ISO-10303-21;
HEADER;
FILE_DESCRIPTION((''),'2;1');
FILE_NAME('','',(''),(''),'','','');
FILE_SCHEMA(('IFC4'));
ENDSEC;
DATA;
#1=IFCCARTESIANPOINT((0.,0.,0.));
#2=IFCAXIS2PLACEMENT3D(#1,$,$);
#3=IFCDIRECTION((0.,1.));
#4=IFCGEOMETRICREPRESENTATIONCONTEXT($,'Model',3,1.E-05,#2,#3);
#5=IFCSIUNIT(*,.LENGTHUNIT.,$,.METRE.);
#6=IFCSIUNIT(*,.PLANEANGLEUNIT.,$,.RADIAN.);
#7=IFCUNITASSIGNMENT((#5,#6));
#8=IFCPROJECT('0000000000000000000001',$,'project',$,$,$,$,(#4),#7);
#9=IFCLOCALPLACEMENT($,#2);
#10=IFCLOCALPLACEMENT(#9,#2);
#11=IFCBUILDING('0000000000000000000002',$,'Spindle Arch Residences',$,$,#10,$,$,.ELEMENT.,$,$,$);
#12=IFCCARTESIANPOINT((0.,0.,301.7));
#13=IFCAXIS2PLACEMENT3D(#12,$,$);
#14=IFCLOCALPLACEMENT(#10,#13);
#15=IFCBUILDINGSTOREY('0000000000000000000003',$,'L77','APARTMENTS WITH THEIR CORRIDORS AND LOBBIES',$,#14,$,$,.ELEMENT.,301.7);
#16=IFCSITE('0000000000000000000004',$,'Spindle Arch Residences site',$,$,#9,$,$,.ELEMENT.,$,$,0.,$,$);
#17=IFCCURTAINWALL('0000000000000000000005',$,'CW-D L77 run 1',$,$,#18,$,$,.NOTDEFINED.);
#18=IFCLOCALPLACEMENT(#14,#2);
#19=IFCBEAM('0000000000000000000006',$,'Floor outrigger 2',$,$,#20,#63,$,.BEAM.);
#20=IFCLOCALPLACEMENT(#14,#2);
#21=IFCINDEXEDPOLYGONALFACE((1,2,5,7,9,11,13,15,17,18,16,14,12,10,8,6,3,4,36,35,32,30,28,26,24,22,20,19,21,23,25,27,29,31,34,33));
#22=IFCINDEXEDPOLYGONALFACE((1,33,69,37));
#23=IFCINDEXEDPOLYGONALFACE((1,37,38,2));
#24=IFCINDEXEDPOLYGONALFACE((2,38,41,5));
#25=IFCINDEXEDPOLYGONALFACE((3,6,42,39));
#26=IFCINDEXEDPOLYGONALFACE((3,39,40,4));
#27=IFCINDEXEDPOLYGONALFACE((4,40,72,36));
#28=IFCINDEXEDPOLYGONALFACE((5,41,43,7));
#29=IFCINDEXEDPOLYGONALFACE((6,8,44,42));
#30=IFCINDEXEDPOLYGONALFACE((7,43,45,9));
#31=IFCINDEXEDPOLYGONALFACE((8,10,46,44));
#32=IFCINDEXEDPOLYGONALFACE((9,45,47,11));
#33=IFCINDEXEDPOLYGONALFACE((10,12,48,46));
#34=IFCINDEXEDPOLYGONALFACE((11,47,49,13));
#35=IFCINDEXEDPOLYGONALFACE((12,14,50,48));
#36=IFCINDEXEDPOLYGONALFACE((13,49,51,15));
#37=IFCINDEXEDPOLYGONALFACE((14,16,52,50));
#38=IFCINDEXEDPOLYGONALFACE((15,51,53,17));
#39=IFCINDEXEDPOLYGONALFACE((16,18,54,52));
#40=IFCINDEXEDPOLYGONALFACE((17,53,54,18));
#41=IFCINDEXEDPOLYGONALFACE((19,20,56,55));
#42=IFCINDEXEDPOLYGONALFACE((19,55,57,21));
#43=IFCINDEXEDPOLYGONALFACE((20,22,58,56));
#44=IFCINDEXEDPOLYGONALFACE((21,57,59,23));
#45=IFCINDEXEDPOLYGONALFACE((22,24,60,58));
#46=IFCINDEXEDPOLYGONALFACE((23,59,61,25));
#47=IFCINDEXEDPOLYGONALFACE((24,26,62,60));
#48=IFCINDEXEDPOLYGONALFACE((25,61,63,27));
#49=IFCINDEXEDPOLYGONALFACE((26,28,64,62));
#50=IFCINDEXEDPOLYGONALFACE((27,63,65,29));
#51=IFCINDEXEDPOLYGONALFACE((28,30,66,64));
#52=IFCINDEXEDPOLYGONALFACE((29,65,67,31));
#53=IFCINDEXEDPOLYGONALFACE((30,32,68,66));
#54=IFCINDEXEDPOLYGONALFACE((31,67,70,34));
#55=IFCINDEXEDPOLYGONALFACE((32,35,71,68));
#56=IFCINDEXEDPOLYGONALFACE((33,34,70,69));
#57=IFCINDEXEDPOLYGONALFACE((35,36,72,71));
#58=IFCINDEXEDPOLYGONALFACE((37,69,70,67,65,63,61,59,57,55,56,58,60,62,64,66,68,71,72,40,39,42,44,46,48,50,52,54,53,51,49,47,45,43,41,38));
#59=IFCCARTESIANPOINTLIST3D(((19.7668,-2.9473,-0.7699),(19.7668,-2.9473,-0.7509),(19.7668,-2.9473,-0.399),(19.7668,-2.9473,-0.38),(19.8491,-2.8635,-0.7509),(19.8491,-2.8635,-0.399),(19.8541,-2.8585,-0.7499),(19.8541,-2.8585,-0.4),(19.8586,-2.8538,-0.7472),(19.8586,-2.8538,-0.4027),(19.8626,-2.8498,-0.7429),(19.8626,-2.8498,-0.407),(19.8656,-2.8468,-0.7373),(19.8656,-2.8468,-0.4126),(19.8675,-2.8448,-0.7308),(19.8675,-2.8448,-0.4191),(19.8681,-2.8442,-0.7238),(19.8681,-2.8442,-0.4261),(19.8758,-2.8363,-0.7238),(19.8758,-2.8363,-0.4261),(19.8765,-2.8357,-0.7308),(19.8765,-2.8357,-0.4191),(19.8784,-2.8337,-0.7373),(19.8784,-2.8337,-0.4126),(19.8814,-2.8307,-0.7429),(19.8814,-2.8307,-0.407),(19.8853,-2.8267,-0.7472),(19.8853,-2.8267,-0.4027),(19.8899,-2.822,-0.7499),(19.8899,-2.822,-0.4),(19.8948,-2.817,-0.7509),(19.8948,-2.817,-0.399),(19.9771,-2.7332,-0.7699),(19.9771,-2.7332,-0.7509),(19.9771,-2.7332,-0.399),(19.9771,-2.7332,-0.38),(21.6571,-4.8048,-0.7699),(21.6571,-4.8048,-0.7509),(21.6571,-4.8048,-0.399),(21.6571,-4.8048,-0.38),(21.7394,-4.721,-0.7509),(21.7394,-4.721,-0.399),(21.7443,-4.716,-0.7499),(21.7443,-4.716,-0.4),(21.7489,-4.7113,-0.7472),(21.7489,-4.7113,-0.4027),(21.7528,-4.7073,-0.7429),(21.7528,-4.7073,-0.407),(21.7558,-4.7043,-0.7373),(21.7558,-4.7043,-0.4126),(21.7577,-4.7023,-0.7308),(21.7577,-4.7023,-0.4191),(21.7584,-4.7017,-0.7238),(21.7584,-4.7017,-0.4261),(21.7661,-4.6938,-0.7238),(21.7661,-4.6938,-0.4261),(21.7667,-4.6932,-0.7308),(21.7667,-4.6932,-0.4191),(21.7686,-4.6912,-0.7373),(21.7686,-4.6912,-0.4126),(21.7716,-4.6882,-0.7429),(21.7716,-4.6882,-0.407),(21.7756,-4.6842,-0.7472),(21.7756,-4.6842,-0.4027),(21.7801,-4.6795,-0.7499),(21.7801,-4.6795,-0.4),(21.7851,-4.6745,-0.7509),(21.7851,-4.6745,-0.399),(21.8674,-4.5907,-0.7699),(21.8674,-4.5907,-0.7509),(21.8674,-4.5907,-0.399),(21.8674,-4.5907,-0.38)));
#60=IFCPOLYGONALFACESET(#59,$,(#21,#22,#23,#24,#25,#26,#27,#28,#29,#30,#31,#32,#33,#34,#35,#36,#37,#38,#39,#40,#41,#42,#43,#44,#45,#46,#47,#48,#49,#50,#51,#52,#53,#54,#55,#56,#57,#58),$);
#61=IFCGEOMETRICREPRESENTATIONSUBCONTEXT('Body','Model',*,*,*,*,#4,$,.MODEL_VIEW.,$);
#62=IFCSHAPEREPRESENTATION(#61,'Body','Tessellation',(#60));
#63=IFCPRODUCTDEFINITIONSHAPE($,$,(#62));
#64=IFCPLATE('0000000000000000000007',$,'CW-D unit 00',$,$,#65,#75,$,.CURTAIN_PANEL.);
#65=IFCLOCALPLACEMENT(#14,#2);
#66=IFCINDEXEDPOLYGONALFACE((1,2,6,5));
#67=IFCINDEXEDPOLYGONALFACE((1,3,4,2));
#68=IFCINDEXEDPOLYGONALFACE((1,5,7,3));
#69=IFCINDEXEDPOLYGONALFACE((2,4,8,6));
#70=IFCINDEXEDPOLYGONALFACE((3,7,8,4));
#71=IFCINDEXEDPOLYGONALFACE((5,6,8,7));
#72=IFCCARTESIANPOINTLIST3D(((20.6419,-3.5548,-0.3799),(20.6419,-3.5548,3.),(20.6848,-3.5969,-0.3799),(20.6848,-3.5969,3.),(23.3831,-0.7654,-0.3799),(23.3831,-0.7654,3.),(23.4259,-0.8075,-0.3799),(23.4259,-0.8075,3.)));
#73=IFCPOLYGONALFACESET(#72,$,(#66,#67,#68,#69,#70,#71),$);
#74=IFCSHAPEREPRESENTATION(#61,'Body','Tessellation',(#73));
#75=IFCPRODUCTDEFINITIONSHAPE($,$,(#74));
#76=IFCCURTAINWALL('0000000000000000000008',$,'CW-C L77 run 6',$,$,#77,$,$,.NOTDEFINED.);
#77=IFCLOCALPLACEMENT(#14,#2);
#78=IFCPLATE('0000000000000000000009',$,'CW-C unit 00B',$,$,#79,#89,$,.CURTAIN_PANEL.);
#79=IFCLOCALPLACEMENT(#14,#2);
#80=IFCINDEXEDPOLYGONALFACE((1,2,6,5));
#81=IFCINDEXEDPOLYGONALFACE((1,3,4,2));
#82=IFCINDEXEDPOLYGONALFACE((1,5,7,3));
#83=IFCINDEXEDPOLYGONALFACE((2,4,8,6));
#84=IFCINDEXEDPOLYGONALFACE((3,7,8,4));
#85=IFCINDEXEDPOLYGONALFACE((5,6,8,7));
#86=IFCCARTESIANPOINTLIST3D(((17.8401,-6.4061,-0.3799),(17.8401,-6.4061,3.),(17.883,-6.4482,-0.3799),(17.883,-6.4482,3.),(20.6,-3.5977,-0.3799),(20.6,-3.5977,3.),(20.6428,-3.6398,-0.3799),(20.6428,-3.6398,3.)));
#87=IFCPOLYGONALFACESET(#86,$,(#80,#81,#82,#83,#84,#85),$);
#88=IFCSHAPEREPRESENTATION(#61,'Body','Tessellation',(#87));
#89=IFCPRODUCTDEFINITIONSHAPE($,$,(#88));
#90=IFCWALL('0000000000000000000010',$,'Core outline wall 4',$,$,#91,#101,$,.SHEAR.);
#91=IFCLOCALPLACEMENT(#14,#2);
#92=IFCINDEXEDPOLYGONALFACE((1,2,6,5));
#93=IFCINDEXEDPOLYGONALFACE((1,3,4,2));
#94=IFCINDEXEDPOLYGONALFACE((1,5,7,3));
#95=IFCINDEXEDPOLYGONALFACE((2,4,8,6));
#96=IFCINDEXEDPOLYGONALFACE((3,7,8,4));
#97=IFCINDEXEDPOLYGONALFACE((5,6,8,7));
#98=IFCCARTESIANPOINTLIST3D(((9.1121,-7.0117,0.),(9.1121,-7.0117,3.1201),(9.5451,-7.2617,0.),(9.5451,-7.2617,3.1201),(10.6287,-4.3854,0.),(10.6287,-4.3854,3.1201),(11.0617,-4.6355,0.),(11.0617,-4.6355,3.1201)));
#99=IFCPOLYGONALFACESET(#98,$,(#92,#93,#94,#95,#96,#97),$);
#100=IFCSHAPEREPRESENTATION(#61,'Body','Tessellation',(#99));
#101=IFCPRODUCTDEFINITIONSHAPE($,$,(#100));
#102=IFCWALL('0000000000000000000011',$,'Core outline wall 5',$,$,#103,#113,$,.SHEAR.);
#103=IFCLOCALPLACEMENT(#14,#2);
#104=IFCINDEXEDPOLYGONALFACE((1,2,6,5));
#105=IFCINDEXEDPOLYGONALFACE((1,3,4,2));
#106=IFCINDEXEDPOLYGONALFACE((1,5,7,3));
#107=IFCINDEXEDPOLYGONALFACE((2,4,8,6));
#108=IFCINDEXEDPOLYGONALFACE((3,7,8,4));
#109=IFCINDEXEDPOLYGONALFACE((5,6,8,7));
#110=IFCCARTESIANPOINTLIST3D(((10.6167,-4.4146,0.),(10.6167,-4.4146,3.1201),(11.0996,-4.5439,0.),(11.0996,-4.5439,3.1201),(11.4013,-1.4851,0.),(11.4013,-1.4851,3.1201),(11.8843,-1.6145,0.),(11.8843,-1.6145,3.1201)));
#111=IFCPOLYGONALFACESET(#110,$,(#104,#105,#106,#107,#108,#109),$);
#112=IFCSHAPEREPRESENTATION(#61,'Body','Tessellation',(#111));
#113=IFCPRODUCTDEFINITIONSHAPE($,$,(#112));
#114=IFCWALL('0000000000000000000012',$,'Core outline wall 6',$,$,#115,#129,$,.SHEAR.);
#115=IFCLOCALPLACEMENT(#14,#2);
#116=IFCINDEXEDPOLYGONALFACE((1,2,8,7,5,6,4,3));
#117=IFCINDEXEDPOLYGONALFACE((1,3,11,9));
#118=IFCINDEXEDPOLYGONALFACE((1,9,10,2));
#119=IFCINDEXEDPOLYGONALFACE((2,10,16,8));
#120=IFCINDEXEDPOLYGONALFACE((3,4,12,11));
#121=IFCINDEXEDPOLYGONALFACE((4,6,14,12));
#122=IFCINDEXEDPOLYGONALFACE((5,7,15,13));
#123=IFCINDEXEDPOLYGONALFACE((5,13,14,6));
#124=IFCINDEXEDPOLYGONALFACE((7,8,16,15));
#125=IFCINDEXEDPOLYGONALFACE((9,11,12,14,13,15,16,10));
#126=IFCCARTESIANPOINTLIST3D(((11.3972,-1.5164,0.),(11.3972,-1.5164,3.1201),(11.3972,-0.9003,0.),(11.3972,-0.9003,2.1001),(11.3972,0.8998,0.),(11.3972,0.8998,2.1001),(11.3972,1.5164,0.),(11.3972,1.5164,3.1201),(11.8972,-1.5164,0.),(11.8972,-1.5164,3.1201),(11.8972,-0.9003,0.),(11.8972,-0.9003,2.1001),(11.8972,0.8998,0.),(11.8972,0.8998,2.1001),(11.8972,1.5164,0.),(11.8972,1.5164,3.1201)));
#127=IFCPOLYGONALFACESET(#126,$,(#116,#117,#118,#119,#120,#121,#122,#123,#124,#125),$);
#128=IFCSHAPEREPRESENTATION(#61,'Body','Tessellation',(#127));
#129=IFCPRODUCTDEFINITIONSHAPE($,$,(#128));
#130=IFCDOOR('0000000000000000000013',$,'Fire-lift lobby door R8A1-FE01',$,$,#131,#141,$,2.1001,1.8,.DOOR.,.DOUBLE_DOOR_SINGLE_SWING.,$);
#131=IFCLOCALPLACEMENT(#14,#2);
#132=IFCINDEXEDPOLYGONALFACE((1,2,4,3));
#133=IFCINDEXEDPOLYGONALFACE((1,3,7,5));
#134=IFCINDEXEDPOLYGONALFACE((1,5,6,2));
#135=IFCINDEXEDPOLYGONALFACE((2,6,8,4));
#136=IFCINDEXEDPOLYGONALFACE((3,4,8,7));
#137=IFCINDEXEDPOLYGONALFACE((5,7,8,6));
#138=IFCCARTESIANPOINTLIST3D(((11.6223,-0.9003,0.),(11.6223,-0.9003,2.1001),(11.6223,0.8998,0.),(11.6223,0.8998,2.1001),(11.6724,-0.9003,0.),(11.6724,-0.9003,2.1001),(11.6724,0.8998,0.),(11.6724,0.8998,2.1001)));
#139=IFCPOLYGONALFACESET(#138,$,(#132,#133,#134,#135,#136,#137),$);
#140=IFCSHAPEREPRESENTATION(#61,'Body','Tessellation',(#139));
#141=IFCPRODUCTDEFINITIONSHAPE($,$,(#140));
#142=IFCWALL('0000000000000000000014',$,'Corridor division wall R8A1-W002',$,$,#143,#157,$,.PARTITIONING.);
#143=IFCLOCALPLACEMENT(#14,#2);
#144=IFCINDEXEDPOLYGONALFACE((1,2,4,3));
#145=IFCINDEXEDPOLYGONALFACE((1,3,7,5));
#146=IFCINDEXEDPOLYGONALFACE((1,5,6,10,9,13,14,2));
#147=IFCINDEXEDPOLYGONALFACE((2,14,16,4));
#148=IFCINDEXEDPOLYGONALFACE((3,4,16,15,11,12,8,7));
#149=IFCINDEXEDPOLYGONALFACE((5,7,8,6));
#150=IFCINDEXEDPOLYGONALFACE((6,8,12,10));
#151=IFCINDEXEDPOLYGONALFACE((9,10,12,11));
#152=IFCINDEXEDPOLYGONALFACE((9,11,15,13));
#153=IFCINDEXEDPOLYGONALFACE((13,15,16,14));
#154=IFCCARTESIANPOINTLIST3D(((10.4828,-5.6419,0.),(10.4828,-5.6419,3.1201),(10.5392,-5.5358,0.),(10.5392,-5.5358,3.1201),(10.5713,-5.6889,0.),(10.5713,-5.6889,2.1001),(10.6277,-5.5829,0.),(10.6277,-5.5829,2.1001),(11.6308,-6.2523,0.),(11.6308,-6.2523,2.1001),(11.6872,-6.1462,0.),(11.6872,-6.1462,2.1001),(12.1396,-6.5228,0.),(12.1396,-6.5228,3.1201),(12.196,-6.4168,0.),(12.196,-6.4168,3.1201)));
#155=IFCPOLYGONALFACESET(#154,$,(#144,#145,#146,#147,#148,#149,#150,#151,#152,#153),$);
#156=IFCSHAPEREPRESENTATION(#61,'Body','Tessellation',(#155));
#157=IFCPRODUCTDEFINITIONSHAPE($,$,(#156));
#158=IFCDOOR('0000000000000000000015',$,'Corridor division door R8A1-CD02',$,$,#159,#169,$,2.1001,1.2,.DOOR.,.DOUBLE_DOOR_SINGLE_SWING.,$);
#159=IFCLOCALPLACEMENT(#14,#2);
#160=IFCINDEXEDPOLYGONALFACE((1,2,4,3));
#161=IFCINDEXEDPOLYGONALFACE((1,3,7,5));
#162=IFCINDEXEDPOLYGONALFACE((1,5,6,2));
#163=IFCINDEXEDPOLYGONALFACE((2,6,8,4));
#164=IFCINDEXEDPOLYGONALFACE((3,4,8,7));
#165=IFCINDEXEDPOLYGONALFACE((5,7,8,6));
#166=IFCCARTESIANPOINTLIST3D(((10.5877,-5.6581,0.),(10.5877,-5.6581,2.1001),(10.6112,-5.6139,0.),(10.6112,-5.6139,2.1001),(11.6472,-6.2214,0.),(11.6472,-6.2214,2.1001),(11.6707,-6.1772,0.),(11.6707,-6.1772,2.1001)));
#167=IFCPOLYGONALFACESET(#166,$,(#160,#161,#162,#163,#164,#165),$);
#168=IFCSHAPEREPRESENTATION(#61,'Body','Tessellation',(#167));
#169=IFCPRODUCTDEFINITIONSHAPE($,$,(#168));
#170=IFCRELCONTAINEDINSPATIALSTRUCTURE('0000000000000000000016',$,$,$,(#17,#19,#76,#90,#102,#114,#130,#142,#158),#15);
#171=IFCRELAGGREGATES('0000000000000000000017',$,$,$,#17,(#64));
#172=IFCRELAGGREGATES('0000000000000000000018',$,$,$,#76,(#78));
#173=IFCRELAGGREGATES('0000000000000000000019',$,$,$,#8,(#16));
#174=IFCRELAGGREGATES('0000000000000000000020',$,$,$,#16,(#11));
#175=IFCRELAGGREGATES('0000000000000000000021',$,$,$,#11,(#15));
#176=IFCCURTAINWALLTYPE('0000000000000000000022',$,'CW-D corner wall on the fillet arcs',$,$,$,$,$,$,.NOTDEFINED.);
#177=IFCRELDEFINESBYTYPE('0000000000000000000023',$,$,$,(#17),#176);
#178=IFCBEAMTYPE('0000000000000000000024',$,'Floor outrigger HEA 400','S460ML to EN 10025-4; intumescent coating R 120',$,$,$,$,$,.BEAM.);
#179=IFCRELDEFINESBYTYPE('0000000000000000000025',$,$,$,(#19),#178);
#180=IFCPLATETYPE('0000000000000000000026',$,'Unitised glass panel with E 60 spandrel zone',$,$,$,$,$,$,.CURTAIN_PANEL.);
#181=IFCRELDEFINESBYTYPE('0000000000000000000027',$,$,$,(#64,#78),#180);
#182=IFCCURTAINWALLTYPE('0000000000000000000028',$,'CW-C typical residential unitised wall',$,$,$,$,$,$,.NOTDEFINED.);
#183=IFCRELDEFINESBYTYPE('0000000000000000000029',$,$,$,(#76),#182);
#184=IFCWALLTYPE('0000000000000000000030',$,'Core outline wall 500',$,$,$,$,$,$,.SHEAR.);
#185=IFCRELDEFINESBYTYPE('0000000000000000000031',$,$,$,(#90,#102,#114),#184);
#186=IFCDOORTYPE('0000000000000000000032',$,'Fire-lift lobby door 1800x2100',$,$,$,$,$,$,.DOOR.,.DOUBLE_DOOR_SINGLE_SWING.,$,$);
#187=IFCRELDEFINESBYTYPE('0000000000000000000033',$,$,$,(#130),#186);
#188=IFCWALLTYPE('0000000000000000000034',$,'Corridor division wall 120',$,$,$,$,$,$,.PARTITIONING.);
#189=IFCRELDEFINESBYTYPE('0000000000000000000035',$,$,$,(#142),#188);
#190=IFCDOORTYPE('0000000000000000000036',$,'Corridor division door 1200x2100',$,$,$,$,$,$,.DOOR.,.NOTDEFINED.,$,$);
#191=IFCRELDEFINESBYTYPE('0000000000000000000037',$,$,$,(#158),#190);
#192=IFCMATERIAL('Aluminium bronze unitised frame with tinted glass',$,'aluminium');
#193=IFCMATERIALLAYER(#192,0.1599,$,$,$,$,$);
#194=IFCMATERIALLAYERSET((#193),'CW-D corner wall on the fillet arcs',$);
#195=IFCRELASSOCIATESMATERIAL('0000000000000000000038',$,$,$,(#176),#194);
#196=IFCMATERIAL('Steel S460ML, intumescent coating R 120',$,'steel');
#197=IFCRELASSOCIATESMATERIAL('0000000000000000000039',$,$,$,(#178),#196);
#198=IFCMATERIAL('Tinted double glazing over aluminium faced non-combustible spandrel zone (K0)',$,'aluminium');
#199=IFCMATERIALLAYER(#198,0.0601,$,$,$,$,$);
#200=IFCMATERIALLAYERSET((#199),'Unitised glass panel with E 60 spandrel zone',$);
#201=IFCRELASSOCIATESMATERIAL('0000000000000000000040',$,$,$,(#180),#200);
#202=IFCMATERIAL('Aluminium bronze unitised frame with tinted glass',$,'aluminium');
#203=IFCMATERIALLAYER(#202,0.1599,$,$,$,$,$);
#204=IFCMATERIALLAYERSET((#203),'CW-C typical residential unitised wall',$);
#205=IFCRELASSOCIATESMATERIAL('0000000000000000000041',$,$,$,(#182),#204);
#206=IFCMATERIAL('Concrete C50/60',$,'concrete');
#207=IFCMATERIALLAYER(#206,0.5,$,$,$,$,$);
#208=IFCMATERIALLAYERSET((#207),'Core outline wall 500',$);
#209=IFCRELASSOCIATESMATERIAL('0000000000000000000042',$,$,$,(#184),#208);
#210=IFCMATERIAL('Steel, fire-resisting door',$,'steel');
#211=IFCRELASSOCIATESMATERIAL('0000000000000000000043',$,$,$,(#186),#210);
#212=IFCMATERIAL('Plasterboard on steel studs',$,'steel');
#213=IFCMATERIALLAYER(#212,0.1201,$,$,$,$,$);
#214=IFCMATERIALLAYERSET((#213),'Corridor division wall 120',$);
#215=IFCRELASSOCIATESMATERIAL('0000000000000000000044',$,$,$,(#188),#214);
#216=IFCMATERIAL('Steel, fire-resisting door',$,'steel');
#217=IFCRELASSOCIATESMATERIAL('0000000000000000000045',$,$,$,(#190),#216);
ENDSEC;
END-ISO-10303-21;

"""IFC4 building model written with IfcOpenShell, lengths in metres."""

from ifc_helpers import new_model, si_unit, direction, frame, frame_2d, origin, origin_2d, place, context, subcontext, project, spatial, rectangle, i_section, extrude, material, layer, layer_set, material_profile, profile_set, type_object, element, fill, aggregate, save


model = new_model("IFC4")

# Units and contexts
model_context = context("Model", 3, precision=1e-05, world=origin(), true_north=direction((0.0, 1.0)))
body_context = subcontext(model_context, "Body", "Model", "MODEL_VIEW")
ifc_project = project(units=[si_unit("LENGTHUNIT", "METRE"), si_unit("PLANEANGLEUNIT", "RADIAN")], contexts=[model_context])

# Site, building, storey
site_placement = place(None, origin())
site = spatial("IfcSite", under=ifc_project, at=site_placement, Name="Spindle Arch Residences site", CompositionType="ELEMENT", RefElevation=0.0)
building_placement = place(site_placement, origin())
building = spatial("IfcBuilding", under=site, at=building_placement, Name="Spindle Arch Residences", CompositionType="ELEMENT")
storey_placement = place(building_placement, frame((0.0, 0.0, 301.7)))
storey = spatial("IfcBuildingStorey", under=building, at=storey_placement, Name="L77", Description="APARTMENTS WITH THEIR CORRIDORS AND LOBBIES", CompositionType="ELEMENT", Elevation=301.7)

# Curtain wall
ifc_material_1 = material(Name="Aluminium bronze unitised frame with tinted glass", Category="aluminium")
ifc_layer_1 = layer(ifc_material_1, 0.1599)
ifc_layer_set_1 = layer_set([ifc_layer_1], Name="CW-D corner wall on the fillet arcs")
curtain_wall_type_1 = type_object("IfcCurtainWallType", Name="CW-D corner wall on the fillet arcs", PredefinedType="NOTDEFINED", material=ifc_layer_set_1)
curtain_wall_1_placement = place(storey_placement, origin())
curtain_wall_1 = element("IfcCurtainWall", 1, at=curtain_wall_1_placement, inside=storey, type_object=curtain_wall_type_1, Name="CW-D L77 run 1", PredefinedType="NOTDEFINED")

# Beam
ifc_material_2 = material(Name="Steel S460ML, intumescent coating R 120", Category="steel")
ifc_material_profile_1 = material_profile(ifc_material_2, i_section(OverallWidth=0.3, OverallDepth=0.3899, WebThickness=0.011, FlangeThickness=0.019, FilletRadius=0.0271, at=origin_2d()), Name="HEA 400")
ifc_profile_set_1 = profile_set([ifc_material_profile_1], Name="Steel S460ML, intumescent coating R 120")
beam_type_1 = type_object("IfcBeamType", Name="Floor outrigger HEA 400", Description="S460ML to EN 10025-4; intumescent coating R 120", PredefinedType="BEAM", material=ifc_profile_set_1)
beam_1_placement = place(storey_placement, frame((21.7622, -4.6978, -0.575), z_axis=(-0.713252, 0.700907, 0.0), x_axis=(-0.700907, -0.713252, 0.0)))
element("IfcBeam", 2, at=beam_1_placement, inside=storey, type_object=beam_type_1, Name="Floor outrigger 2", PredefinedType="BEAM", context=body_context, shape_type="SweptSolid", body=[
    extrude(i_section(OverallWidth=0.3, OverallDepth=0.3899, WebThickness=0.011, FlangeThickness=0.019, FilletRadius=0.0271, at=origin_2d()), origin(), (0.0, 0.0, 1.0), 2.6501),
])

# Plate
ifc_material_3 = material(Name="Tinted double glazing over aluminium faced non-combustible spandrel zone (K0)", Category="aluminium")
ifc_layer_2 = layer(ifc_material_3, 0.0601)
ifc_layer_set_2 = layer_set([ifc_layer_2], Name="Unitised glass panel with E 60 spandrel zone")
plate_type = type_object("IfcPlateType", Name="Unitised glass panel with E 60 spandrel zone", PredefinedType="CURTAIN_PANEL", material=ifc_layer_set_2)
plate_1_placement = place(storey_placement, frame((22.0339, -2.1812, -0.3799), z_axis=(0.0, 0.0, 1.0), x_axis=(0.700909, 0.71325, 0.0)))
plate_1 = element("IfcPlate", 3, at=plate_1_placement, type_object=plate_type, Name="CW-D unit 00", PredefinedType="CURTAIN_PANEL", context=body_context, shape_type="SweptSolid", body=[
    extrude(rectangle(XDim=3.9109, YDim=0.0601, at=origin_2d()), origin(), (0.0, 0.0, 1.0), 3.3799),
])
aggregate(curtain_wall_1, [plate_1])

# Curtain wall, plate
ifc_material_4 = material(Name="Aluminium bronze unitised frame with tinted glass", Category="aluminium")
ifc_layer_3 = layer(ifc_material_4, 0.1599)
ifc_layer_set_3 = layer_set([ifc_layer_3], Name="CW-C typical residential unitised wall")
curtain_wall_type_2 = type_object("IfcCurtainWallType", Name="CW-C typical residential unitised wall", PredefinedType="NOTDEFINED", material=ifc_layer_set_3)
curtain_wall_2_placement = place(storey_placement, origin())
curtain_wall_2 = element("IfcCurtainWall", 4, at=curtain_wall_2_placement, inside=storey, type_object=curtain_wall_type_2, Name="CW-C L77 run 6", PredefinedType="NOTDEFINED")
plate_2_placement = place(storey_placement, frame((19.2415, -5.0229, -0.3799), z_axis=(0.0, 0.0, 1.0), x_axis=(0.700909, 0.71325, 0.0)))
plate_2 = element("IfcPlate", 5, at=plate_2_placement, type_object=plate_type, Name="CW-C unit 00B", PredefinedType="CURTAIN_PANEL", context=body_context, shape_type="SweptSolid", body=[
    extrude(rectangle(XDim=3.9375, YDim=0.0601, at=origin_2d()), origin(), (0.0, 0.0, 1.0), 3.3799),
])
aggregate(curtain_wall_2, [plate_2])

# Walls
ifc_material_5 = material(Name="Concrete C50/60", Category="concrete")
ifc_layer_4 = layer(ifc_material_5, 0.5)
ifc_layer_set_4 = layer_set([ifc_layer_4], Name="Core outline wall 500")
wall_type_1 = type_object("IfcWallType", Name="Core outline wall 500", PredefinedType="SHEAR", material=ifc_layer_set_4)
for number, where, z_axis, x_axis, name in (
    (6, (9.3286, -7.1367, 0.0), (0.0, 0.0, 1.0), (0.500087, 0.865975, 0.0), "Core outline wall 4"),
    (7, (10.8582, -4.4792, 0.0), (0.0, 0.0, 1.0), (0.258735, 0.965948, 0.0), "Core outline wall 5"),
):
    element("IfcWall", number, at=place(storey_placement, frame(where, z_axis=z_axis, x_axis=x_axis)), inside=storey, type_object=wall_type_1, Name=name, PredefinedType="SHEAR", context=body_context, shape_type="SweptSolid", body=[
        extrude(rectangle(XDim=3.0327, YDim=0.5, at=frame_2d((1.5164, 0.0))), origin(), (0.0, 0.0, 1.0), 3.1201),
    ])

# Walls, openings, doors
wall_1_placement = place(storey_placement, frame((11.6472, -1.5164, 0.0), z_axis=(0.0, 0.0, 1.0), x_axis=(0.0, 1.0, 0.0)))
wall_1 = element("IfcWall", 8, at=wall_1_placement, inside=storey, type_object=wall_type_1, Name="Core outline wall 6", PredefinedType="SHEAR", context=body_context, shape_type="SweptSolid", body=[
    extrude(rectangle(XDim=3.0327, YDim=0.5, at=frame_2d((1.5164, 0.0))), origin(), (0.0, 0.0, 1.0), 3.1201),
])
opening_1_placement = place(wall_1_placement, frame((0.6162, 0.0, 0.0)))
opening_1 = element("IfcOpeningElement", 9, at=opening_1_placement, cuts=wall_1, PredefinedType="OPENING", context=body_context, shape_type="SweptSolid", body=[
    extrude(rectangle(XDim=1.8, YDim=2.1001, at=frame_2d((0.8999, 1.05))), frame((0.0, 0.26, 0.0), z_axis=(0.0, -1.0, 0.0), x_axis=(1.0, 0.0, 0.0)), (0.0, 0.0, 1.0), 0.52),
])
ifc_material_6 = material(Name="Steel, fire-resisting door", Category="steel")
door_type_1 = type_object("IfcDoorType", Name="Fire-lift lobby door 1800x2100", OperationType="DOUBLE_DOOR_SINGLE_SWING", PredefinedType="DOOR", material=ifc_material_6)
door_1_placement = place(opening_1_placement, origin())
door_1 = element("IfcDoor", 10, at=door_1_placement, inside=storey, type_object=door_type_1, Name="Fire-lift lobby door R8A1-FE01", OperationType="DOUBLE_DOOR_SINGLE_SWING", OverallHeight=2.1001, OverallWidth=1.8, PredefinedType="DOOR", context=body_context, shape_type="SweptSolid", body=[
    extrude(rectangle(XDim=1.8, YDim=2.1001, at=frame_2d((0.8999, 1.05))), frame((0.0, 0.0249, 0.0), z_axis=(0.0, -1.0, 0.0), x_axis=(1.0, 0.0, 0.0)), (0.0, 0.0, 1.0), 0.05),
])
fill(opening_1, door_1)
ifc_material_7 = material(Name="Plasterboard on steel studs", Category="steel")
ifc_layer_5 = layer(ifc_material_7, 0.1201)
ifc_layer_set_5 = layer_set([ifc_layer_5], Name="Corridor division wall 120")
wall_type_2 = type_object("IfcWallType", Name="Corridor division wall 120", PredefinedType="PARTITIONING", material=ifc_layer_set_5)
wall_2_placement = place(storey_placement, frame((10.511, -5.5889, 0.0), z_axis=(0.0, 0.0, 1.0), x_axis=(0.882957, -0.469453, 0.0)))
wall_2 = element("IfcWall", 11, at=wall_2_placement, inside=storey, type_object=wall_type_2, Name="Corridor division wall R8A1-W002", PredefinedType="PARTITIONING", context=body_context, shape_type="SweptSolid", body=[
    extrude(rectangle(XDim=1.8765, YDim=0.1201, at=frame_2d((0.9382, 0.0))), origin(), (0.0, 0.0, 1.0), 3.1201),
])
opening_2_placement = place(wall_2_placement, frame((0.1001, 0.0, 0.0)))
opening_2 = element("IfcOpeningElement", 12, at=opening_2_placement, cuts=wall_2, PredefinedType="OPENING", context=body_context, shape_type="SweptSolid", body=[
    extrude(rectangle(XDim=1.2, YDim=2.1001, at=frame_2d((0.6001, 1.05))), frame((0.0, 0.0701, 0.0), z_axis=(0.0, -1.0, 0.0), x_axis=(1.0, 0.0, 0.0)), (0.0, 0.0, 1.0), 0.1401),
])
ifc_material_8 = material(Name="Steel, fire-resisting door", Category="steel")
door_type_2 = type_object("IfcDoorType", Name="Corridor division door 1200x2100", OperationType="NOTDEFINED", PredefinedType="DOOR", material=ifc_material_8)
door_2_placement = place(opening_2_placement, origin())
door_2 = element("IfcDoor", 13, at=door_2_placement, inside=storey, type_object=door_type_2, Name="Corridor division door R8A1-CD02", OperationType="DOUBLE_DOOR_SINGLE_SWING", OverallHeight=2.1001, OverallWidth=1.2, PredefinedType="DOOR", context=body_context, shape_type="SweptSolid", body=[
    extrude(rectangle(XDim=1.2, YDim=2.1001, at=frame_2d((0.6001, 1.05))), frame((0.0, 0.0249, 0.0), z_axis=(0.0, -1.0, 0.0), x_axis=(1.0, 0.0, 0.0)), (0.0, 0.0, 1.0), 0.05),
])
fill(opening_2, door_2)

save(model, "model.ifc")
